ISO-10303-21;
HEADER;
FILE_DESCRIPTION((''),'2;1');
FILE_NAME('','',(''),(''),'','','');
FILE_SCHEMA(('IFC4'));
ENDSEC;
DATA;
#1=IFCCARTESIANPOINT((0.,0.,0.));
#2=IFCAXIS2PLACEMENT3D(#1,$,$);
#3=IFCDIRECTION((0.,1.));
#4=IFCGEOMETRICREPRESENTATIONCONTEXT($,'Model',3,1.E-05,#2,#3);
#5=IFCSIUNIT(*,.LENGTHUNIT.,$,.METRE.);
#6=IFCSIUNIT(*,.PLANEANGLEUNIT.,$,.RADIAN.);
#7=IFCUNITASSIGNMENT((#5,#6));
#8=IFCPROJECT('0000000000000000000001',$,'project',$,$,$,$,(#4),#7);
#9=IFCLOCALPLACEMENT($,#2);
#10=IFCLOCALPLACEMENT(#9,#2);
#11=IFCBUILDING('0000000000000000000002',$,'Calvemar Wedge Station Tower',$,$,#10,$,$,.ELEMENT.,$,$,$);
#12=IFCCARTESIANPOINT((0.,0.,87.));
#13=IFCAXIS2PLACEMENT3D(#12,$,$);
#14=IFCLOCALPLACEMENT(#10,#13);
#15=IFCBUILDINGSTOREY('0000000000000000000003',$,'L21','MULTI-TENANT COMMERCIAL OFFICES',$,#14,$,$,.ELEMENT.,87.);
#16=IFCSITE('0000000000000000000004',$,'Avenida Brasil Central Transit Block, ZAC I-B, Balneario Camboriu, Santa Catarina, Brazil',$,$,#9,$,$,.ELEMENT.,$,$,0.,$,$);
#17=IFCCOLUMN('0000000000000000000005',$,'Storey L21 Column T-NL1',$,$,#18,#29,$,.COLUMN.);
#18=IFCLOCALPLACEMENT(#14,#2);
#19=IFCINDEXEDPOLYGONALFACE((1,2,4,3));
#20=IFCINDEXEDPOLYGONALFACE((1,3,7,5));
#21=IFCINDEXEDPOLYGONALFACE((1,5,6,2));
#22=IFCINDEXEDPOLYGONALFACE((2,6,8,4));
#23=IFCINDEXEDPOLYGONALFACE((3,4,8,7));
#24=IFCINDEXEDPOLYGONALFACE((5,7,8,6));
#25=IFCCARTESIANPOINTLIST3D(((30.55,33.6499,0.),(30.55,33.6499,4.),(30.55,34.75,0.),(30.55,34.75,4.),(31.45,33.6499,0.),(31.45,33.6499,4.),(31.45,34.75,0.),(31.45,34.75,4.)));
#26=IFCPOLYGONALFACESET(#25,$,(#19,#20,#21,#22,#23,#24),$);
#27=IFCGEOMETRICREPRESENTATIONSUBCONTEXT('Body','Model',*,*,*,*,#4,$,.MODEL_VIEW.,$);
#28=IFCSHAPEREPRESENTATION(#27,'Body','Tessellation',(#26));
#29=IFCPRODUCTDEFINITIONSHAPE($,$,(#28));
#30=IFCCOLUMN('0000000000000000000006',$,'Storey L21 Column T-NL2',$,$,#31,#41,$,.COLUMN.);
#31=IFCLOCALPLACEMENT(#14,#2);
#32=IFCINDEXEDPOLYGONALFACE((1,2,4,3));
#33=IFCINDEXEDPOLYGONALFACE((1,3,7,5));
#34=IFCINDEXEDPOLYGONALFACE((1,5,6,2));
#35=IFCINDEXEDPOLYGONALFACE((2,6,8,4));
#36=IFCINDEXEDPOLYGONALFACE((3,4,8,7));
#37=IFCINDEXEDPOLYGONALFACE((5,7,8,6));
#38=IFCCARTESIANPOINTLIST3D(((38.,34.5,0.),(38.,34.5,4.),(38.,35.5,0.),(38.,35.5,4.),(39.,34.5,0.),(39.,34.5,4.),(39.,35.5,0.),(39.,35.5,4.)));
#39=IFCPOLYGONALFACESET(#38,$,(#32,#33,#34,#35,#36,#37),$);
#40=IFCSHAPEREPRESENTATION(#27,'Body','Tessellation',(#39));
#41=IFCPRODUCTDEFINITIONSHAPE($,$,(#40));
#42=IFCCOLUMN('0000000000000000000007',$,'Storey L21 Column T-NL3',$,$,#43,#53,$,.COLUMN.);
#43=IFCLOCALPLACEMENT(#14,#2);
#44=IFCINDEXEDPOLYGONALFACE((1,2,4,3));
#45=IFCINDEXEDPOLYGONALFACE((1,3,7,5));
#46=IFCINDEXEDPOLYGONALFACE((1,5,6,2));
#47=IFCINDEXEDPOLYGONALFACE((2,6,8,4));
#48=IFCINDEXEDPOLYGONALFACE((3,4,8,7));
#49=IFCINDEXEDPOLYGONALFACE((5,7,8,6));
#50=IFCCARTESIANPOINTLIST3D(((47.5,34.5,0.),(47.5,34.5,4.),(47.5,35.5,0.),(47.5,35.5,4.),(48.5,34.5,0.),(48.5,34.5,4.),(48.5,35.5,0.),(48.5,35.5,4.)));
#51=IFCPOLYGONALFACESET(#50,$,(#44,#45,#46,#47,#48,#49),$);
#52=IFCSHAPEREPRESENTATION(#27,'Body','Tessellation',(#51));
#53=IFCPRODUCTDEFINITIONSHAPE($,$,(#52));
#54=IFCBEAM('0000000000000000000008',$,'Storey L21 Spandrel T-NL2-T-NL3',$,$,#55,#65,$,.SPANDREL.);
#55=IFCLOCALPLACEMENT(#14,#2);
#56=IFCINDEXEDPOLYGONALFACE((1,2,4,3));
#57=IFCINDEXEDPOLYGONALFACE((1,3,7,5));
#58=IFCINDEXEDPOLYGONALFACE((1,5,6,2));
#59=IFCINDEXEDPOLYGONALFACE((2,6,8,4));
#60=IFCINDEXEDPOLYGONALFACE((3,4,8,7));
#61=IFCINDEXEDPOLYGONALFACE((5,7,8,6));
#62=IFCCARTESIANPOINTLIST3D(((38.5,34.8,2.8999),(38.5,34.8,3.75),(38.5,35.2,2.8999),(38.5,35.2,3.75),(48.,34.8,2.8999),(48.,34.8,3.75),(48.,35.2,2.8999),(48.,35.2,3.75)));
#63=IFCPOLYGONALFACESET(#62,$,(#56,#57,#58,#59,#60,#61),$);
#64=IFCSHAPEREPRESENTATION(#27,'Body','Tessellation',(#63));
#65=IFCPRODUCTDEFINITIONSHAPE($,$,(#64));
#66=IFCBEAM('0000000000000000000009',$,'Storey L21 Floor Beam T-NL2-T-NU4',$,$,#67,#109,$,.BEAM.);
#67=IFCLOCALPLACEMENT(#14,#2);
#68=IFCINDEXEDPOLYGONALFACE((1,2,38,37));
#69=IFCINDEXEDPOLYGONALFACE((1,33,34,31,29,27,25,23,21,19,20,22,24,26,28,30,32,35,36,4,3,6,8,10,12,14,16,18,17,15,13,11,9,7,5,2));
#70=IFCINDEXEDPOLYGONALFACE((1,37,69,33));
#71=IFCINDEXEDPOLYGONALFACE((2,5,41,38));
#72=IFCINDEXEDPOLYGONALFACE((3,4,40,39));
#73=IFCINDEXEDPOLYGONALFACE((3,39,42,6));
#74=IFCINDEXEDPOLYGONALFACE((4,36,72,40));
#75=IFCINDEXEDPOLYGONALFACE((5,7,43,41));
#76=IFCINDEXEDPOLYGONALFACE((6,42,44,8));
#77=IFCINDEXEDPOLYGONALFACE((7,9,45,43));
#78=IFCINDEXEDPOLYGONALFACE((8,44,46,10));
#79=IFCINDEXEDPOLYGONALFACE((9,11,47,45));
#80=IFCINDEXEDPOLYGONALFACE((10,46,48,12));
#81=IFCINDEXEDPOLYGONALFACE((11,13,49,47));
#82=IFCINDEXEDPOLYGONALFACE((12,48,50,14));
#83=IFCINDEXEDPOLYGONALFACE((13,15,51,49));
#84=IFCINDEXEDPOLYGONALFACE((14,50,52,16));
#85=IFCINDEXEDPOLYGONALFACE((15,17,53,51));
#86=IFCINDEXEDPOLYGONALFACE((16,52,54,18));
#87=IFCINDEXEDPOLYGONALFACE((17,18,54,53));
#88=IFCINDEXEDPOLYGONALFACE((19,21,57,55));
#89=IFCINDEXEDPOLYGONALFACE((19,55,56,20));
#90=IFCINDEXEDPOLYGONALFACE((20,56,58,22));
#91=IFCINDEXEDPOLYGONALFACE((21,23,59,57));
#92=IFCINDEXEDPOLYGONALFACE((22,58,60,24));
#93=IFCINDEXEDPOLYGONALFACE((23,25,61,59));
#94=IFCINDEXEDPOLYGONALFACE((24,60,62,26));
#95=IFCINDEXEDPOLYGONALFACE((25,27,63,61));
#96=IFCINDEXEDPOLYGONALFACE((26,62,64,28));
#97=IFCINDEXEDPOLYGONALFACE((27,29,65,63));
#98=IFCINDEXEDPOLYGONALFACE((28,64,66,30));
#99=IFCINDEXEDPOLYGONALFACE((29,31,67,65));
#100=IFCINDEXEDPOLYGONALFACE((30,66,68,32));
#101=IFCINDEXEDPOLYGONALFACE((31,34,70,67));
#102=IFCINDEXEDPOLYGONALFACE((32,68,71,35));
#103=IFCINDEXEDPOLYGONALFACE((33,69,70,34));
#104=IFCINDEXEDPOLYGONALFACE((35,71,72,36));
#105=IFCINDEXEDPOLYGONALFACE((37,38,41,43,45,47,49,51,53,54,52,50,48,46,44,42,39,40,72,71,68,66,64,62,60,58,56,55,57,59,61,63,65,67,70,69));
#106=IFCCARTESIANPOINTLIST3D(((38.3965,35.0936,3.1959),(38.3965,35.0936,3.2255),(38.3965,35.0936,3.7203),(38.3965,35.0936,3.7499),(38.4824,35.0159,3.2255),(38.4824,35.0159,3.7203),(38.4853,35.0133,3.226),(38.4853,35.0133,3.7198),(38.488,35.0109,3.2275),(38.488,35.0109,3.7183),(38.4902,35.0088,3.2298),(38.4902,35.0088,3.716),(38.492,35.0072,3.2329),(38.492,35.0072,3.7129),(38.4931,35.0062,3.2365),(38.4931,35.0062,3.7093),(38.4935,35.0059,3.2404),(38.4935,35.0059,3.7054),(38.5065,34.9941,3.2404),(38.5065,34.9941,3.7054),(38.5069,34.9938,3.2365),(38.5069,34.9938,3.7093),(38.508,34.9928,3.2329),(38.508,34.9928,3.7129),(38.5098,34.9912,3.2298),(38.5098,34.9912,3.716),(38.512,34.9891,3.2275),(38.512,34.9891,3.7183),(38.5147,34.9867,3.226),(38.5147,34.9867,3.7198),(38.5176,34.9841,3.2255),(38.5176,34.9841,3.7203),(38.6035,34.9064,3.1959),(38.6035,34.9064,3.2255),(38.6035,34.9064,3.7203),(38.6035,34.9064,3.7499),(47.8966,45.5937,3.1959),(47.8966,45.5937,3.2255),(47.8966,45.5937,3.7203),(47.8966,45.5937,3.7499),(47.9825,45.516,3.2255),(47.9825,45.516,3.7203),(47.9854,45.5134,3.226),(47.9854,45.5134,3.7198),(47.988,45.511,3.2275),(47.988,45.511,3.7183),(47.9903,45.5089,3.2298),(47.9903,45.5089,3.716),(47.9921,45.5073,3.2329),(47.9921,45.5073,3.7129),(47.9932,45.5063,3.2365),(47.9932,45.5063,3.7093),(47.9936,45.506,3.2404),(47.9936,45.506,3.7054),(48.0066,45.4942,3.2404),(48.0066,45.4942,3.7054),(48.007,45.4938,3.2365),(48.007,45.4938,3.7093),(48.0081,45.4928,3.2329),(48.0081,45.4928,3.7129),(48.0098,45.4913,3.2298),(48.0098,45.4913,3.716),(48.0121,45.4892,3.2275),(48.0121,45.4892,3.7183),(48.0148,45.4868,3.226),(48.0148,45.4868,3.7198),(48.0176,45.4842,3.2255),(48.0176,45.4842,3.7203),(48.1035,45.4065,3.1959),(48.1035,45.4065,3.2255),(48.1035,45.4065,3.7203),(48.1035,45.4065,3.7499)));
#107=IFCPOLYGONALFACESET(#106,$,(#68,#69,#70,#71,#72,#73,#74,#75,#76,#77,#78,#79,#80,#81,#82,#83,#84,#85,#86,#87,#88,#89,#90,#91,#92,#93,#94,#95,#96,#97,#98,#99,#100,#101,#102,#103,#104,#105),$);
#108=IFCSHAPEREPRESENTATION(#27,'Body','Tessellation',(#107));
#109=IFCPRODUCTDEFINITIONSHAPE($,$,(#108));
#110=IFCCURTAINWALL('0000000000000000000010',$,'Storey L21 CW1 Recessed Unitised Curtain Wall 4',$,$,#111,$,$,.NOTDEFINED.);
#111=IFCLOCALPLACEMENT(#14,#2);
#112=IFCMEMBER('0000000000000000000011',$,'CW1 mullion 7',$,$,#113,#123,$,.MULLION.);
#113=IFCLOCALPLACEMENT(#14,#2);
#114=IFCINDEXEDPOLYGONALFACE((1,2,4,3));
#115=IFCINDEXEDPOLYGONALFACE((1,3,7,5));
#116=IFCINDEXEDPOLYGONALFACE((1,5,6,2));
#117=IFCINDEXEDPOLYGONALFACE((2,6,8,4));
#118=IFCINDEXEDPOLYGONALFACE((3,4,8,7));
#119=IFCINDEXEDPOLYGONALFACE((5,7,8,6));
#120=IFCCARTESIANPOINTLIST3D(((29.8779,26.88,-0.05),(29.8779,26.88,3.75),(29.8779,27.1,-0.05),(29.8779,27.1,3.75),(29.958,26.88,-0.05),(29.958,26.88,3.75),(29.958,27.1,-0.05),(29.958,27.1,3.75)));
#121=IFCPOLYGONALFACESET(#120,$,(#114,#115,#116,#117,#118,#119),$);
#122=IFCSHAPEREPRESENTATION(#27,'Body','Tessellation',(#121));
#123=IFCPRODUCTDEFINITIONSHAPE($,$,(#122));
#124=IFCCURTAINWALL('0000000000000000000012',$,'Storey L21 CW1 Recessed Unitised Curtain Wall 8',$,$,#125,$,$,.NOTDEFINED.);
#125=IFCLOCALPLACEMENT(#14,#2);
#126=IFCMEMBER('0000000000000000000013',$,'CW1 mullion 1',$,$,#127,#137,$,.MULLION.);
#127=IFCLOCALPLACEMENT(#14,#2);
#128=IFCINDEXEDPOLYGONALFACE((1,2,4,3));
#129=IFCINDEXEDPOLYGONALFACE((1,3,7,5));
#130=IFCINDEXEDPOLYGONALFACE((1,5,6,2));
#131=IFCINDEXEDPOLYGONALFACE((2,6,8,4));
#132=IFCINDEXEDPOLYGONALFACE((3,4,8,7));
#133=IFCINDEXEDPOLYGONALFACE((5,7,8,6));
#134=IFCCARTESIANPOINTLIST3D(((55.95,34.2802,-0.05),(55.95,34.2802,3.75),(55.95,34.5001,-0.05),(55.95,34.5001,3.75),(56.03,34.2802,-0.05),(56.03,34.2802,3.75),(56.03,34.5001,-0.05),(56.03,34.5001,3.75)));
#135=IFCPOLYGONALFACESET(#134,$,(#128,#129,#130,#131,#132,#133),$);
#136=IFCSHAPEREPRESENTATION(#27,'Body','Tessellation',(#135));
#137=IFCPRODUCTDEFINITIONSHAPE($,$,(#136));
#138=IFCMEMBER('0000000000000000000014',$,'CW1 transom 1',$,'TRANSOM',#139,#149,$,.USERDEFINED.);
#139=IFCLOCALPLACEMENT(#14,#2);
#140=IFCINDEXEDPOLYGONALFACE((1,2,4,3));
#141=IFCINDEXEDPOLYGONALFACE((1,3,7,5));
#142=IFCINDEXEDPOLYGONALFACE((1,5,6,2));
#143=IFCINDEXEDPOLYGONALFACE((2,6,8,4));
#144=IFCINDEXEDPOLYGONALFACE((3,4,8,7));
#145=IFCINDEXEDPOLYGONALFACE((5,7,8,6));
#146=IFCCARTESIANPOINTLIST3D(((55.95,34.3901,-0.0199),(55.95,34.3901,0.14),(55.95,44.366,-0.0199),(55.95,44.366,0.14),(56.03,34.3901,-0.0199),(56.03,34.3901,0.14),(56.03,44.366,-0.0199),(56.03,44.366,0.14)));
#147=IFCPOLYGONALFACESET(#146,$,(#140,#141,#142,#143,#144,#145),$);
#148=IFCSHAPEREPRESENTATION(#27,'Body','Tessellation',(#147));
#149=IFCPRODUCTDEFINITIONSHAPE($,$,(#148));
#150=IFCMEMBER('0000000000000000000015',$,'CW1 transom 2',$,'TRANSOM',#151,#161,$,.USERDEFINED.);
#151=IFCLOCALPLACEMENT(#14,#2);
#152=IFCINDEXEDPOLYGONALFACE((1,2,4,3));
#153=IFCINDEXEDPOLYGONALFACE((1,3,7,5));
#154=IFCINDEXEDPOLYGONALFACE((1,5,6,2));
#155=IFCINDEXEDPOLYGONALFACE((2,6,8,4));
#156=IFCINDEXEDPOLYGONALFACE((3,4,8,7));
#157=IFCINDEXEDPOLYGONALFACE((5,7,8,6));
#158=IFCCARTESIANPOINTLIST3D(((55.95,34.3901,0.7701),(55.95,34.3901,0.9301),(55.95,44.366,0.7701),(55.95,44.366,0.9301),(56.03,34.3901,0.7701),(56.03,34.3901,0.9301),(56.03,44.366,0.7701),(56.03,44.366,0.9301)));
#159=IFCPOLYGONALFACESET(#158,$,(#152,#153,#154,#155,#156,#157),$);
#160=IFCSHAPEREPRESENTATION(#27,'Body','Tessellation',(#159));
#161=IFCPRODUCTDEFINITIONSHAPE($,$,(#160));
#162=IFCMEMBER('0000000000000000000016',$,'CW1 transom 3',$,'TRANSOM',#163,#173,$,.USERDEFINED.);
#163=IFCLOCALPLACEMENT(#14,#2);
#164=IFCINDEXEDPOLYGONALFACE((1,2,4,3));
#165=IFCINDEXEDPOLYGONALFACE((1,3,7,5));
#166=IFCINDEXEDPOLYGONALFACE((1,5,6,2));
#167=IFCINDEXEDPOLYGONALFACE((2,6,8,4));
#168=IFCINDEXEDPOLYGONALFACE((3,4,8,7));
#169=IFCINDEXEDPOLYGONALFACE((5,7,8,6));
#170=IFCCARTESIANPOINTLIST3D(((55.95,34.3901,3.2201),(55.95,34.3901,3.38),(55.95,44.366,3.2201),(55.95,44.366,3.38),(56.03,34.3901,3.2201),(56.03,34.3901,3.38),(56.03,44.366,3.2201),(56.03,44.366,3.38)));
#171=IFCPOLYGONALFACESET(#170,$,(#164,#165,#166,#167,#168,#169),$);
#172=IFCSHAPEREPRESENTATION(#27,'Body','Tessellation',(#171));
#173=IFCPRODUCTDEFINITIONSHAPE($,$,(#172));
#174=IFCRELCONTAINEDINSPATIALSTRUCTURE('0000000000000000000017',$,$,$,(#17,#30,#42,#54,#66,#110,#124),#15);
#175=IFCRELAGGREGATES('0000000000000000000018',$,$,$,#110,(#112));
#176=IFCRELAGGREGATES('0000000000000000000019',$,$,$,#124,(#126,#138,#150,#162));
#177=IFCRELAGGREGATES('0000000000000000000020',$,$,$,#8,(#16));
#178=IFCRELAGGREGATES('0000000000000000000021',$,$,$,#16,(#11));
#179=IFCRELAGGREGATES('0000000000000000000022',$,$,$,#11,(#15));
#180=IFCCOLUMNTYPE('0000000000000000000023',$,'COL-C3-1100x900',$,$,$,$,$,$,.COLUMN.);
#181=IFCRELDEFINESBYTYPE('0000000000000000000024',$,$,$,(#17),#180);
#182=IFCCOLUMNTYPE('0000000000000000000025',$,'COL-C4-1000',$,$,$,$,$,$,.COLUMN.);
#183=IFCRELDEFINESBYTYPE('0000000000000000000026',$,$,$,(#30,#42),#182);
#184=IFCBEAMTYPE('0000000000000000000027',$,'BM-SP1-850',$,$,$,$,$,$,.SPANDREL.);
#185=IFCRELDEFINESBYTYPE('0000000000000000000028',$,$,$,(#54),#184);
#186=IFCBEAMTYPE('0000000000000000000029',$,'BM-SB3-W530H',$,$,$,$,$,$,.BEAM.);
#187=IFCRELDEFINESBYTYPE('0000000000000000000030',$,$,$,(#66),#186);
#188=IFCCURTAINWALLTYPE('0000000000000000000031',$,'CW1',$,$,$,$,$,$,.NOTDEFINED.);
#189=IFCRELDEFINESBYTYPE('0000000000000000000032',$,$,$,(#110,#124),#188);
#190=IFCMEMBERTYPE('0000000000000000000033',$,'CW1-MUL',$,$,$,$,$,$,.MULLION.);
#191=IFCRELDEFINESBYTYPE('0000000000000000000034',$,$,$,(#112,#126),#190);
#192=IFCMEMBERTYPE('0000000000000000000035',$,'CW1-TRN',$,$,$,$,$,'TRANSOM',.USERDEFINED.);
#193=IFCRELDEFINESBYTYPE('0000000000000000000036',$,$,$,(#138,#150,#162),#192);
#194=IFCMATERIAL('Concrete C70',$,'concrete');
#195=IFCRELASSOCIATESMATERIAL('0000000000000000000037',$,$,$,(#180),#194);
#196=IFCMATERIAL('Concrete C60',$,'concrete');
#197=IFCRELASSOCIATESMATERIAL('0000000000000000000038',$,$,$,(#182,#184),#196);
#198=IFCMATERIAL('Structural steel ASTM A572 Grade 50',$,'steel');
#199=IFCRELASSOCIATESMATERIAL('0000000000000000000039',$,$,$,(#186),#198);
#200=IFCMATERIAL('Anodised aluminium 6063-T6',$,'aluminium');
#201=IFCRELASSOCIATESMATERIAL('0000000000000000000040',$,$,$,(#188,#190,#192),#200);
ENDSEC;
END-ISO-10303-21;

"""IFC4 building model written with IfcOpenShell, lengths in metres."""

from ifc_helpers import new_model, si_unit, direction, frame, origin, origin_2d, place, context, subcontext, project, spatial, rectangle, i_section, extrude, source, transform, mapped, material, material_profile, profile_set, type_object, element, aggregate, save


model = new_model("IFC4")

# Units and contexts
model_context = context("Model", 3, precision=1e-05, world=origin(), true_north=direction((0.0, 1.0)))
body_context = subcontext(model_context, "Body", "Model", "MODEL_VIEW")
ifc_project = project(units=[si_unit("LENGTHUNIT", "METRE"), si_unit("PLANEANGLEUNIT", "RADIAN")], contexts=[model_context])

# Site, building, storey
site_placement = place(None, origin())
site = spatial("IfcSite", under=ifc_project, at=site_placement, Name="Avenida Brasil Central Transit Block, ZAC I-B, Balneario Camboriu, Santa Catarina, Brazil", CompositionType="ELEMENT", RefElevation=0.0)
building_placement = place(site_placement, origin())
building = spatial("IfcBuilding", under=site, at=building_placement, Name="Calvemar Wedge Station Tower", CompositionType="ELEMENT")
storey_placement = place(building_placement, frame((0.0, 0.0, 87.0)))
storey = spatial("IfcBuildingStorey", under=building, at=storey_placement, Name="L21", Description="MULTI-TENANT COMMERCIAL OFFICES", CompositionType="ELEMENT", Elevation=87.0)

# Columns
ifc_material_1 = material(Name="Concrete C70", Category="concrete")
ifc_material_profile_1 = material_profile(ifc_material_1, rectangle(XDim=0.8999, YDim=1.1001, at=origin_2d()), Name="RC1100x900")
ifc_profile_set_1 = profile_set([ifc_material_profile_1], Name="Concrete C70")
column_type_1 = type_object("IfcColumnType", Name="COL-C3-1100x900", PredefinedType="COLUMN", material=ifc_profile_set_1)
shared_shape_1 = source(origin(), body_context, "Body", "SweptSolid", [
    extrude(rectangle(XDim=0.8999, YDim=1.1001, at=origin_2d()), origin(), (0.0, 0.0, 1.0), 4.0),
])
column_placement = place(storey_placement, frame((31.0, 34.2, 0.0), z_axis=(0.0, 0.0, 1.0), x_axis=(1.0, 0.0, 0.0)))
element("IfcColumn", 1, at=column_placement, inside=storey, type_object=column_type_1, Name="Storey L21 Column T-NL1", PredefinedType="COLUMN", context=body_context, shape_type="MappedRepresentation", body=[
    mapped(shared_shape_1, transform((0.0, 0.0, 0.0), scale=1.0)),
])
ifc_material_2 = material(Name="Concrete C60", Category="concrete")
ifc_material_profile_2 = material_profile(ifc_material_2, rectangle(XDim=1.0, YDim=1.0, at=origin_2d()), Name="RC1000x1000")
ifc_profile_set_2 = profile_set([ifc_material_profile_2], Name="Concrete C60")
column_type_2 = type_object("IfcColumnType", Name="COL-C4-1000", PredefinedType="COLUMN", material=ifc_profile_set_2)
shared_shape_2 = source(origin(), body_context, "Body", "SweptSolid", [
    extrude(rectangle(XDim=1.0, YDim=1.0, at=origin_2d()), origin(), (0.0, 0.0, 1.0), 4.0),
])
for number, where, z_axis, x_axis, name in (
    (2, (38.5, 35.0, 0.0), (0.0, 0.0, 1.0), (1.0, 0.0, 0.0), "Storey L21 Column T-NL2"),
    (3, (48.0, 35.0, 0.0), (0.0, 0.0, 1.0), (1.0, 0.0, 0.0), "Storey L21 Column T-NL3"),
):
    element("IfcColumn", number, at=place(storey_placement, frame(where, z_axis=z_axis, x_axis=x_axis)), inside=storey, type_object=column_type_2, Name=name, PredefinedType="COLUMN", context=body_context, shape_type="MappedRepresentation", body=[
        mapped(shared_shape_2, transform((0.0, 0.0, 0.0), scale=1.0)),
    ])

# Beams
ifc_material_profile_3 = material_profile(ifc_material_2, rectangle(XDim=0.3999, YDim=0.8501, at=origin_2d()), Name="RC400x850")
ifc_profile_set_3 = profile_set([ifc_material_profile_3], Name="Concrete C60")
beam_type_1 = type_object("IfcBeamType", Name="BM-SP1-850", PredefinedType="SPANDREL", material=ifc_profile_set_3)
shared_shape_3 = source(origin(), body_context, "Body", "SweptSolid", [
    extrude(rectangle(XDim=0.3999, YDim=0.8501, at=origin_2d()), origin(), (0.0, 0.0, 1.0), 9.5),
])
beam_1_placement = place(storey_placement, frame((38.5, 35.0, 3.325), z_axis=(1.0, 0.0, 0.0), x_axis=(0.0, 1.0, 0.0)))
element("IfcBeam", 4, at=beam_1_placement, inside=storey, type_object=beam_type_1, Name="Storey L21 Spandrel T-NL2-T-NL3", PredefinedType="SPANDREL", context=body_context, shape_type="MappedRepresentation", body=[
    mapped(shared_shape_3, transform((0.0, 0.0, 0.0), scale=1.0)),
])
ifc_material_3 = material(Name="Structural steel ASTM A572 Grade 50", Category="steel")
ifc_material_profile_4 = material_profile(ifc_material_3, i_section(OverallWidth=0.2791, OverallDepth=0.554, WebThickness=0.0176, FlangeThickness=0.0295, FilletRadius=0.0149, at=origin_2d()), Name="W530x196")
ifc_profile_set_4 = profile_set([ifc_material_profile_4], Name="Structural steel ASTM A572 Grade 50")
beam_type_2 = type_object("IfcBeamType", Name="BM-SB3-W530H", PredefinedType="BEAM", material=ifc_profile_set_4)
shared_shape_4 = source(origin(), body_context, "Body", "SweptSolid", [
    extrude(i_section(OverallWidth=0.2791, OverallDepth=0.554, WebThickness=0.0176, FlangeThickness=0.0295, FilletRadius=0.0149, at=origin_2d()), origin(), (0.0, 0.0, 1.0), 14.1599),
])
beam_2_placement = place(storey_placement, frame((38.5, 35.0, 3.4729), z_axis=(0.670913, 0.741536, 0.0), x_axis=(-0.741536, 0.670913, 0.0)))
element("IfcBeam", 5, at=beam_2_placement, inside=storey, type_object=beam_type_2, Name="Storey L21 Floor Beam T-NL2-T-NU4", PredefinedType="BEAM", context=body_context, shape_type="MappedRepresentation", body=[
    mapped(shared_shape_4, transform((0.0, 0.0, 0.0), scale=1.0)),
])

# Curtain wall, member
ifc_material_4 = material(Name="Anodised aluminium 6063-T6", Category="aluminium")
curtain_wall_type = type_object("IfcCurtainWallType", Name="CW1", PredefinedType="NOTDEFINED", material=ifc_material_4)
curtain_wall_1_placement = place(storey_placement, origin())
curtain_wall_1 = element("IfcCurtainWall", 6, at=curtain_wall_1_placement, inside=storey, type_object=curtain_wall_type, Name="Storey L21 CW1 Recessed Unitised Curtain Wall 4", PredefinedType="NOTDEFINED")
ifc_material_profile_5 = material_profile(ifc_material_4, rectangle(XDim=0.0801, YDim=0.22, at=origin_2d()), Name="AL-MUL-80x220")
ifc_profile_set_5 = profile_set([ifc_material_profile_5], Name="Anodised aluminium 6063-T6")
member_type_1 = type_object("IfcMemberType", Name="CW1-MUL", PredefinedType="MULLION", material=ifc_profile_set_5)
shared_shape_5 = source(origin(), body_context, "Body", "SweptSolid", [
    extrude(rectangle(XDim=0.0801, YDim=0.22, at=origin_2d()), origin(), (0.0, 0.0, 1.0), 3.8),
])
member_1_placement = place(storey_placement, frame((29.918, 26.99, -0.05), z_axis=(0.0, 0.0, 1.0), x_axis=(1.0, 0.0, 0.0)))
member_1 = element("IfcMember", 7, at=member_1_placement, type_object=member_type_1, Name="CW1 mullion 7", PredefinedType="MULLION", context=body_context, shape_type="MappedRepresentation", body=[
    mapped(shared_shape_5, transform((0.0, 0.0, 0.0), scale=1.0)),
])

# Curtain wall, members
curtain_wall_2_placement = place(storey_placement, origin())
curtain_wall_2 = element("IfcCurtainWall", 8, at=curtain_wall_2_placement, inside=storey, type_object=curtain_wall_type, Name="Storey L21 CW1 Recessed Unitised Curtain Wall 8", PredefinedType="NOTDEFINED")
member_2_placement = place(storey_placement, frame((55.99, 34.3901, -0.05), z_axis=(0.0, 0.0, 1.0), x_axis=(1.0, 0.0, 0.0)))
member_2 = element("IfcMember", 9, at=member_2_placement, type_object=member_type_1, Name="CW1 mullion 1", PredefinedType="MULLION", context=body_context, shape_type="MappedRepresentation", body=[
    mapped(shared_shape_5, transform((0.0, 0.0, 0.0), scale=1.0)),
])
ifc_material_profile_6 = material_profile(ifc_material_4, rectangle(XDim=0.0801, YDim=0.1599, at=origin_2d()), Name="AL-TRN-80x160")
ifc_profile_set_6 = profile_set([ifc_material_profile_6], Name="Anodised aluminium 6063-T6")
member_type_2 = type_object("IfcMemberType", Name="CW1-TRN", ElementType="TRANSOM", PredefinedType="USERDEFINED", material=ifc_profile_set_6)
shared_shape_6 = source(origin(), body_context, "Body", "SweptSolid", [
    extrude(rectangle(XDim=0.0801, YDim=0.1599, at=origin_2d()), origin(), (0.0, 0.0, 1.0), 9.9758),
])
member_3_placement = place(storey_placement, frame((55.99, 34.3901, 0.0601), z_axis=(0.0, 1.0, 0.0), x_axis=(-1.0, 0.0, 0.0)))
member_3 = element("IfcMember", 10, at=member_3_placement, type_object=member_type_2, Name="CW1 transom 1", ObjectType="TRANSOM", PredefinedType="USERDEFINED", context=body_context, shape_type="MappedRepresentation", body=[
    mapped(shared_shape_6, transform((0.0, 0.0, 0.0), scale=1.0)),
])
member_4_placement = place(storey_placement, frame((55.99, 34.3901, 0.8501), z_axis=(0.0, 1.0, 0.0), x_axis=(-1.0, 0.0, 0.0)))
member_4 = element("IfcMember", 11, at=member_4_placement, type_object=member_type_2, Name="CW1 transom 2", ObjectType="TRANSOM", PredefinedType="USERDEFINED", context=body_context, shape_type="MappedRepresentation", body=[
    mapped(shared_shape_6, transform((0.0, 0.0, 0.0), scale=1.0)),
])
member_5_placement = place(storey_placement, frame((55.99, 34.3901, 3.3), z_axis=(0.0, 1.0, 0.0), x_axis=(-1.0, 0.0, 0.0)))
member_5 = element("IfcMember", 12, at=member_5_placement, type_object=member_type_2, Name="CW1 transom 3", ObjectType="TRANSOM", PredefinedType="USERDEFINED", context=body_context, shape_type="MappedRepresentation", body=[
    mapped(shared_shape_6, transform((0.0, 0.0, 0.0), scale=1.0)),
])

aggregate(curtain_wall_1, [member_1])
aggregate(curtain_wall_2, [member_2, member_3, member_4, member_5])

save(model, "model.ifc")
